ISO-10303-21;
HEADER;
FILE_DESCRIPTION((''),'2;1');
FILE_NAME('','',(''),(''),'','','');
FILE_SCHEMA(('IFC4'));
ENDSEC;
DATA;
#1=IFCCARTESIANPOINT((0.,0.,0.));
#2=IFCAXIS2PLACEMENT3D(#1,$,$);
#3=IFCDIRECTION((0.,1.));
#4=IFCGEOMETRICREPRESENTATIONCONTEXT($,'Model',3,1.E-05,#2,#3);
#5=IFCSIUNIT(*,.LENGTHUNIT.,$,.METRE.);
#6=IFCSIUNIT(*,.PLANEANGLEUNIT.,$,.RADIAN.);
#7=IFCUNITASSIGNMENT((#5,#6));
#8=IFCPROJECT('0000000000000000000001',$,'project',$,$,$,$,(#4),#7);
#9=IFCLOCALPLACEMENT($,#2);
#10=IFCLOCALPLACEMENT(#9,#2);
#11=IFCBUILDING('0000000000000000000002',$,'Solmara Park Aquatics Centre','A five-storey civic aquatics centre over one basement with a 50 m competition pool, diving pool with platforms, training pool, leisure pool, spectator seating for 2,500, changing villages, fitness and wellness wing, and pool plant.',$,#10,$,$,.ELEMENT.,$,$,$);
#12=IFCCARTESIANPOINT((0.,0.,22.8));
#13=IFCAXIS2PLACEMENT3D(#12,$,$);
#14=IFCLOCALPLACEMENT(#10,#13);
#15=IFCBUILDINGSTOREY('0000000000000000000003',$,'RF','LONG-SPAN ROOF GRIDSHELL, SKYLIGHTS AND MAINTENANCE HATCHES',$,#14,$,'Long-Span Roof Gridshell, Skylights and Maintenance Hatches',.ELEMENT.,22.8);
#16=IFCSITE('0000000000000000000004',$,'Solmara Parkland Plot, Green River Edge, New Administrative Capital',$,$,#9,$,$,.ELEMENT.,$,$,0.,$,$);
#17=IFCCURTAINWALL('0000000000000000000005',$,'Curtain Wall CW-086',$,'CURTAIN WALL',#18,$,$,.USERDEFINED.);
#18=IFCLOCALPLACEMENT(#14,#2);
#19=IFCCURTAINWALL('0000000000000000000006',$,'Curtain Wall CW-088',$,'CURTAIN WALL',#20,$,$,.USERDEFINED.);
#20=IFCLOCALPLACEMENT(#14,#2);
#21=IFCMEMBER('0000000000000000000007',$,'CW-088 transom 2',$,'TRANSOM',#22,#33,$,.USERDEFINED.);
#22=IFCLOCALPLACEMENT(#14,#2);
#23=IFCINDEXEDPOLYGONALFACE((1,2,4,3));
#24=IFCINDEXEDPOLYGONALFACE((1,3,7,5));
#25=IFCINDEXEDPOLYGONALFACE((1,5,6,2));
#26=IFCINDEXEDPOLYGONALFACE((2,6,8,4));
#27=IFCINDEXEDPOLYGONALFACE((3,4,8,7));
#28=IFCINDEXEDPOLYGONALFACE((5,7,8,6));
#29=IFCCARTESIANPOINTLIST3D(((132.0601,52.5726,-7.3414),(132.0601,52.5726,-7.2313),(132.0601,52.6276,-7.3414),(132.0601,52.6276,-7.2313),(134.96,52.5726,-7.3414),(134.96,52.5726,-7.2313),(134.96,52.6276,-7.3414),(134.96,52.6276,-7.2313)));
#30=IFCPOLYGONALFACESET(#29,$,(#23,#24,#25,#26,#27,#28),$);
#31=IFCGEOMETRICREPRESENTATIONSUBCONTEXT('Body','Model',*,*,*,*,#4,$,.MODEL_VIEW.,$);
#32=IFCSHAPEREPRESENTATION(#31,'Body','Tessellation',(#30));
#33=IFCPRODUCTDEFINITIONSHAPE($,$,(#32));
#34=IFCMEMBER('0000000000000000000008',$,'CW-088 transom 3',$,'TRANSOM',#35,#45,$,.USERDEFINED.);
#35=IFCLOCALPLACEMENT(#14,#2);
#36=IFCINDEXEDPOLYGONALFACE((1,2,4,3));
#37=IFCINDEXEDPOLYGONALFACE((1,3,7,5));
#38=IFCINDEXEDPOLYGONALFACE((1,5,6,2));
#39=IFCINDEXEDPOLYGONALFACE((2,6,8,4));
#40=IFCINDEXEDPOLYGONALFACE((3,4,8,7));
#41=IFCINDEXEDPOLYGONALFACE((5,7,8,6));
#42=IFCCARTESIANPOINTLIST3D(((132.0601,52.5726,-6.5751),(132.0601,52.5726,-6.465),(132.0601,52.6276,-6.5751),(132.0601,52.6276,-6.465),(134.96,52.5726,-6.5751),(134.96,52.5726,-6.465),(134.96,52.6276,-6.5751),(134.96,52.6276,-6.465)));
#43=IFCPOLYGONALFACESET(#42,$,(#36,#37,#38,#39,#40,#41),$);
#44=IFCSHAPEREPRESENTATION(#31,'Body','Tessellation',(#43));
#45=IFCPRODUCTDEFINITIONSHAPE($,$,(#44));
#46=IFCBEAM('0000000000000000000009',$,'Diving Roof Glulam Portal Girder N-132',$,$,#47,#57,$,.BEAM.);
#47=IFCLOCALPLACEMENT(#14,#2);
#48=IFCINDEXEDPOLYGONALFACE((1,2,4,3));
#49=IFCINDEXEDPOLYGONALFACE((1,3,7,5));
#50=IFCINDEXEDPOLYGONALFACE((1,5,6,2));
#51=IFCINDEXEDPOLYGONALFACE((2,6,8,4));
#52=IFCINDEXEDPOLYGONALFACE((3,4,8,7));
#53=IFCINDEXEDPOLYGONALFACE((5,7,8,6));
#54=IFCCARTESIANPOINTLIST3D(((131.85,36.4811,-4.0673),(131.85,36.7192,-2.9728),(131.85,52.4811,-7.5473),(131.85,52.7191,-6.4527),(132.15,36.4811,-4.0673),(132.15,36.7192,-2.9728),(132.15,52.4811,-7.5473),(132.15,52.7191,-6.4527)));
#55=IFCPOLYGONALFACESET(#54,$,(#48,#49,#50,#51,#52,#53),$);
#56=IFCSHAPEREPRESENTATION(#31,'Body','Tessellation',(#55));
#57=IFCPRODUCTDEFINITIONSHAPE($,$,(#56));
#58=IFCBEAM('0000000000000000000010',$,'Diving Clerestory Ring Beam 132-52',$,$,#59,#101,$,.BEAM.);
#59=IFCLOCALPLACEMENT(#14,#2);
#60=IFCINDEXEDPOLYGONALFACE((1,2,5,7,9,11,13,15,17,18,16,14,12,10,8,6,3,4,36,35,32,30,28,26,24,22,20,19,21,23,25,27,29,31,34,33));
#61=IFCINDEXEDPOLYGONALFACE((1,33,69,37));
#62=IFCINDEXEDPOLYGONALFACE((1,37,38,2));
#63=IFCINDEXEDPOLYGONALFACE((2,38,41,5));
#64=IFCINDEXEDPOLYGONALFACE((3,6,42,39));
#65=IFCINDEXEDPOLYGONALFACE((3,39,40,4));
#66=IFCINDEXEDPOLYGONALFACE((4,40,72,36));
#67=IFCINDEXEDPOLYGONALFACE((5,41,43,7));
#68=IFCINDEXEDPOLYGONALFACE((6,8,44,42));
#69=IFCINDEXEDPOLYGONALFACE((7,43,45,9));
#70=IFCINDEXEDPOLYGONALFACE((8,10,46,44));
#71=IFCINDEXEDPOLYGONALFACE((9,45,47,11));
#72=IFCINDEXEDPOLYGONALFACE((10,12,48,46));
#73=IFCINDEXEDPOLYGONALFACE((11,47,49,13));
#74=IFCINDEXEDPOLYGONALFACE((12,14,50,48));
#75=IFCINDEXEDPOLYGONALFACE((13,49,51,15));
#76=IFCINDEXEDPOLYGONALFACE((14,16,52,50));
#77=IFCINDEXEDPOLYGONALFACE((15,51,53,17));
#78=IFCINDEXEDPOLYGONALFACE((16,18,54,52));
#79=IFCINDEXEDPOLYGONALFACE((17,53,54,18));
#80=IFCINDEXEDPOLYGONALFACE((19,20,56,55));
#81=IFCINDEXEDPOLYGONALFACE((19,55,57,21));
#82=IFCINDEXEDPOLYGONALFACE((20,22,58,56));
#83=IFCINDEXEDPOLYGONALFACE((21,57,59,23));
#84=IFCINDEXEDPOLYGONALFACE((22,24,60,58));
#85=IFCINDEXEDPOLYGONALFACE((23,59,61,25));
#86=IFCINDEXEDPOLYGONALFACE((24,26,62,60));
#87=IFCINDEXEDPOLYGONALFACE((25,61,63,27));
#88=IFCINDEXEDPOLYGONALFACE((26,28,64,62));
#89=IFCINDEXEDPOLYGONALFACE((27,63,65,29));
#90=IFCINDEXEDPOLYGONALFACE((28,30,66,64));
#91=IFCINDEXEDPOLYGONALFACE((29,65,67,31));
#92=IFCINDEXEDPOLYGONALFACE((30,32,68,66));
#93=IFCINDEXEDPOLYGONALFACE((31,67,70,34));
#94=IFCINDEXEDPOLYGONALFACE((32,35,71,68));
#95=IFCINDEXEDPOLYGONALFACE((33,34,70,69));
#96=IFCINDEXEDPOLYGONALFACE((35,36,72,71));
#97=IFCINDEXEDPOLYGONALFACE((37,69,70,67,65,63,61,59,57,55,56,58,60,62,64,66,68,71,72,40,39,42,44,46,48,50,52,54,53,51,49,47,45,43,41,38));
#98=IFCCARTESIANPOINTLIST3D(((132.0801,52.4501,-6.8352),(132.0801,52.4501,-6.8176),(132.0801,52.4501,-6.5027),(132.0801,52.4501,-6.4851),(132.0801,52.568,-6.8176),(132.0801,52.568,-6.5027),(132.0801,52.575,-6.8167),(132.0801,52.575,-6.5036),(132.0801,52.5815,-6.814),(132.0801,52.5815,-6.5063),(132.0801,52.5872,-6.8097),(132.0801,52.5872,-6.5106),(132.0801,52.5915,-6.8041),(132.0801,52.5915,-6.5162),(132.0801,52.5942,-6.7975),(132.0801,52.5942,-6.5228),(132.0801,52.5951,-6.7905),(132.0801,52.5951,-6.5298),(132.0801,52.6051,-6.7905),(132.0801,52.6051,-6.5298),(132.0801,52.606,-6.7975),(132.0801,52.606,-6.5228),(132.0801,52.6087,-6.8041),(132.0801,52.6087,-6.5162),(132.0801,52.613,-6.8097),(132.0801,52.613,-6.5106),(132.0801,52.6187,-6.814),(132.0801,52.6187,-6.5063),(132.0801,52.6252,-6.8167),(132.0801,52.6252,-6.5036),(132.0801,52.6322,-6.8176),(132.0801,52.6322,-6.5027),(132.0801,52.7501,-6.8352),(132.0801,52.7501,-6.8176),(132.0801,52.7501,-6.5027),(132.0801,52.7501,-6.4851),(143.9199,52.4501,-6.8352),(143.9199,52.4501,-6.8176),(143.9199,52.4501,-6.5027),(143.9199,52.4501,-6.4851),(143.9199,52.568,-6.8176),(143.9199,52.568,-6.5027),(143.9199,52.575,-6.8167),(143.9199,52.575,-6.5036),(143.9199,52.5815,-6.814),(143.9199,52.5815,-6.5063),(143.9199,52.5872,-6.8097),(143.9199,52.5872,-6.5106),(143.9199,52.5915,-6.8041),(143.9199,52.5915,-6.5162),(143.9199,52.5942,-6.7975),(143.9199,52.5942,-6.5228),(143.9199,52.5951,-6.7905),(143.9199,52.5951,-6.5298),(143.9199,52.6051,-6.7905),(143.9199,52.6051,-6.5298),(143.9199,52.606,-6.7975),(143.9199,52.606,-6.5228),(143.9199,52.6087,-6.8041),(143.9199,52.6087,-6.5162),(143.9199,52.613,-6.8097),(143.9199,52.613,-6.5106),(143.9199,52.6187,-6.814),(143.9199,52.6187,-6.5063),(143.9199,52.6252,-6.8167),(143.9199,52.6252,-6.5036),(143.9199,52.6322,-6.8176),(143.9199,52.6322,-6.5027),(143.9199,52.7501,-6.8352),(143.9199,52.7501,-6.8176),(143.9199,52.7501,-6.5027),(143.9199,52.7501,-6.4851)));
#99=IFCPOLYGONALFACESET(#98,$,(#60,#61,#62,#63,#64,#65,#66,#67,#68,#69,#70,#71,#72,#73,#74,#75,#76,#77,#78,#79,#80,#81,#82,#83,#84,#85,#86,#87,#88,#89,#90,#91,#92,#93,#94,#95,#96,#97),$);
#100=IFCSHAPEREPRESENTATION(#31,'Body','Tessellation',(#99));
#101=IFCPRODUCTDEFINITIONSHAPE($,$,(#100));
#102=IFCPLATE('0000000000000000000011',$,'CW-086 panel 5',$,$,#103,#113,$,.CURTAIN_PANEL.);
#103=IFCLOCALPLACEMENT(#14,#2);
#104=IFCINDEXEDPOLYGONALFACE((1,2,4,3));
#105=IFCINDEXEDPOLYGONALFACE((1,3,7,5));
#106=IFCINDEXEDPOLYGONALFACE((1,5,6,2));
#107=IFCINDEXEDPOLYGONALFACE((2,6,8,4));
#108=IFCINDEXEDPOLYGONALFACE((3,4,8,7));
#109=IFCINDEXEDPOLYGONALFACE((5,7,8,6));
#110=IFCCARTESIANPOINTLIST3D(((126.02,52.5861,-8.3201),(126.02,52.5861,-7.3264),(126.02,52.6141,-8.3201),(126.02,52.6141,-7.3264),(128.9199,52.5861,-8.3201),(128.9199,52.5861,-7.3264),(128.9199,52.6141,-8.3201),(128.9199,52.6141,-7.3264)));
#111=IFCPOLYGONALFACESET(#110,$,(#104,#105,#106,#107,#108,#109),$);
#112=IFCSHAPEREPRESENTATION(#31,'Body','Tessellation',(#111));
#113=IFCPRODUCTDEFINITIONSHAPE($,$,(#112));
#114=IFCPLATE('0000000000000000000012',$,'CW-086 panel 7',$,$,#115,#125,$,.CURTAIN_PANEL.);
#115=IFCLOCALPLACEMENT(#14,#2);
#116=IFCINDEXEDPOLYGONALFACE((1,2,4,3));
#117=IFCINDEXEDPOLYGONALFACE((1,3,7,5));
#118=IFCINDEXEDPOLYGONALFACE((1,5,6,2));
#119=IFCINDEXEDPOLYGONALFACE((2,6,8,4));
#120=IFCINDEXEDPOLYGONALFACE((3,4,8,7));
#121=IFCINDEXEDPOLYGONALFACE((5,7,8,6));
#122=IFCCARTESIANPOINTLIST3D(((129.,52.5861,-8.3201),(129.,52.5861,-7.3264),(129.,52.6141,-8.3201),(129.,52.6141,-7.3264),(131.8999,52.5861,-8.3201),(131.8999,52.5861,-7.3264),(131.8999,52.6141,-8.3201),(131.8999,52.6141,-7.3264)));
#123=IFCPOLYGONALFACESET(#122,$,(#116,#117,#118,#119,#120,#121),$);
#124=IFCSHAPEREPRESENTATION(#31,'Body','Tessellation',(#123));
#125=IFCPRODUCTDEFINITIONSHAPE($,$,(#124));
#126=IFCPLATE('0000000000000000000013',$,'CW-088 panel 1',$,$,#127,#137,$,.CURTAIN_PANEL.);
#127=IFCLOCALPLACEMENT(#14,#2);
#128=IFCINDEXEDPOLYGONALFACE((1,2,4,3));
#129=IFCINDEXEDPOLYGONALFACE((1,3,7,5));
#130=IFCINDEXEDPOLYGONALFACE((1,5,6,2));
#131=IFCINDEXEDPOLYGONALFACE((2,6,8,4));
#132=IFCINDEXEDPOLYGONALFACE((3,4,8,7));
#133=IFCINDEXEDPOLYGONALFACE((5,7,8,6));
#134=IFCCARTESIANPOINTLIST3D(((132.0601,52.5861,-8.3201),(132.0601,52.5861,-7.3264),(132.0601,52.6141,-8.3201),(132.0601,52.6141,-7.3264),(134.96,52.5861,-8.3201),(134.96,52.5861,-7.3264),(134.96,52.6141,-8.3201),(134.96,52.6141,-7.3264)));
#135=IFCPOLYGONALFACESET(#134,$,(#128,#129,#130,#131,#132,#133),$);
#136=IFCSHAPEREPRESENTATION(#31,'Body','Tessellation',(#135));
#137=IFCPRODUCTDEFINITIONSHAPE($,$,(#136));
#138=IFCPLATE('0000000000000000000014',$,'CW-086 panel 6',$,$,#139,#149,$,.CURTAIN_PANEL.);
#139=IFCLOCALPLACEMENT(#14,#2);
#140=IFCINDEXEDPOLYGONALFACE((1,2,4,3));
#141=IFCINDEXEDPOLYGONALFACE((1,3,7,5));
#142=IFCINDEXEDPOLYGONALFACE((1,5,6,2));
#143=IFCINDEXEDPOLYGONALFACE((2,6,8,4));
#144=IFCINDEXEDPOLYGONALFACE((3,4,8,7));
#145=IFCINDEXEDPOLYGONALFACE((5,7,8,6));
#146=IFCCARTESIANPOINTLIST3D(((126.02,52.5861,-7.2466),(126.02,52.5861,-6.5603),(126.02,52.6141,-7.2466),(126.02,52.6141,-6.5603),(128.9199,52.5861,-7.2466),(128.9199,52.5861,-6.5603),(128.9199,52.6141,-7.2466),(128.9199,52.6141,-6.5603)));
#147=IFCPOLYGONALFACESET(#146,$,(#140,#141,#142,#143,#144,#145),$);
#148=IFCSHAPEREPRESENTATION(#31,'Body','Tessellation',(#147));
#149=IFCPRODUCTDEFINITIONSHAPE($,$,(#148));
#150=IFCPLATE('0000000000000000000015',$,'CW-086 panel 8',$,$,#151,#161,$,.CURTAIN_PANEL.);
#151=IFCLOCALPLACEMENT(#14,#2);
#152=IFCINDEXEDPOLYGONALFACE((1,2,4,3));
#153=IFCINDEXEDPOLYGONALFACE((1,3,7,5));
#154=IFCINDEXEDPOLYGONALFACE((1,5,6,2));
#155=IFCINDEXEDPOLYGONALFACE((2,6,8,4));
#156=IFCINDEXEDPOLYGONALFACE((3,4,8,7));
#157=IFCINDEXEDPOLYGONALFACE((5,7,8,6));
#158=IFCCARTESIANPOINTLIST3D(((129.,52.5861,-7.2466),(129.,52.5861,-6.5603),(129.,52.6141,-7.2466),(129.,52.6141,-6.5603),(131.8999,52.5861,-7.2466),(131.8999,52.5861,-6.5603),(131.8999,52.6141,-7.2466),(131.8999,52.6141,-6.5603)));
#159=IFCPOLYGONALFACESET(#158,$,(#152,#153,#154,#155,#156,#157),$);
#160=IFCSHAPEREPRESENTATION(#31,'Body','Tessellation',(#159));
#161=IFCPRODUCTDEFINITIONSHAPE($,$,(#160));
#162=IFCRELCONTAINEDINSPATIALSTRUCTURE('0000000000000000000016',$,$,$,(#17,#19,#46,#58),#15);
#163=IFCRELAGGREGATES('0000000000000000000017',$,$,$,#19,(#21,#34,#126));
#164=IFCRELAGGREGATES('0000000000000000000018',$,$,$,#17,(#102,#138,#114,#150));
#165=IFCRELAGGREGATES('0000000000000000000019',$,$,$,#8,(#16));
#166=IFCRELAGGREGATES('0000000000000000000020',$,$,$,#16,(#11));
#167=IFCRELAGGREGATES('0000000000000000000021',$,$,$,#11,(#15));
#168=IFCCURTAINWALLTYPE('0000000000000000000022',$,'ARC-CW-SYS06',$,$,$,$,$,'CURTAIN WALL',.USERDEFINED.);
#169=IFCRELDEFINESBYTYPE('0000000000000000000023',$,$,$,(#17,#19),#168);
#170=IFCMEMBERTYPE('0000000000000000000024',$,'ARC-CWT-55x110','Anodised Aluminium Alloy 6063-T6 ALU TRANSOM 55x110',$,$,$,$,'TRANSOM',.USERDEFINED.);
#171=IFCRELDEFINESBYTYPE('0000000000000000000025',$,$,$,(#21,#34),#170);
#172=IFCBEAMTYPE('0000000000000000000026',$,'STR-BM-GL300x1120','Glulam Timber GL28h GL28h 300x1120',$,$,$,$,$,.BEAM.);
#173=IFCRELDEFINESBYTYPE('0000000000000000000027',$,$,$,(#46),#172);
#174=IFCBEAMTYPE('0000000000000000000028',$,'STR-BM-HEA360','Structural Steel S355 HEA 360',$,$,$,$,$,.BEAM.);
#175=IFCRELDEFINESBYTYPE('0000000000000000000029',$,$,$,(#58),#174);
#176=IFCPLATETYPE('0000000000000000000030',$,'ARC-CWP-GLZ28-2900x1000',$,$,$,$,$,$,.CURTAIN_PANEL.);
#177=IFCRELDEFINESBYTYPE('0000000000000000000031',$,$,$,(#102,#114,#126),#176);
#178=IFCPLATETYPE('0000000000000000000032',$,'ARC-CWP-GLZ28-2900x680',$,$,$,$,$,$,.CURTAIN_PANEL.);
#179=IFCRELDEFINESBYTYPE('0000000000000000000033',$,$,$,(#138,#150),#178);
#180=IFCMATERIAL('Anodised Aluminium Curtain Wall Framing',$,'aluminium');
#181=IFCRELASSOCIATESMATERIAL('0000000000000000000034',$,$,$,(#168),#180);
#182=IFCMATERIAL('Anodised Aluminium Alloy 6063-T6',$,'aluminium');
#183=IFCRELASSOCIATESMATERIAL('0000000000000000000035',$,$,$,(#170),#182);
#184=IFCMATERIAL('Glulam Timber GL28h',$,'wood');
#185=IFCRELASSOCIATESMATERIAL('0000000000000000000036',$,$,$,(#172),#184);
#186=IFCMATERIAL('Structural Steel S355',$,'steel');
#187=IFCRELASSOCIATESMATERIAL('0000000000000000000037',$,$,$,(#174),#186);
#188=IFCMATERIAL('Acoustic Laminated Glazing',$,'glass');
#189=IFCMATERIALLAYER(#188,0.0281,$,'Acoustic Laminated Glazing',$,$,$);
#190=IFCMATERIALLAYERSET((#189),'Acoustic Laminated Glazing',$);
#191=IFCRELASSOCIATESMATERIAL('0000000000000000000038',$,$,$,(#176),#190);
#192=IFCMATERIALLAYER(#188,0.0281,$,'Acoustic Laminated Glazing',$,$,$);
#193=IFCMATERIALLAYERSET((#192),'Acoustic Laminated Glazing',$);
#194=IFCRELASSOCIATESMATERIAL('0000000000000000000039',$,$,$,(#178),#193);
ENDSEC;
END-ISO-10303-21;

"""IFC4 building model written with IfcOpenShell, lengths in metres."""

from ifc_helpers import new_model, si_unit, direction, frame, origin, origin_2d, place, context, subcontext, project, spatial, rectangle, i_section, extrude, material, layer, layer_set, material_profile, profile_set, type_object, element, aggregate, save


model = new_model("IFC4")

# Units and contexts
model_context = context("Model", 3, precision=1e-05, world=origin(), true_north=direction((0.0, 1.0)))
body_context = subcontext(model_context, "Body", "Model", "MODEL_VIEW")
ifc_project = project(units=[si_unit("LENGTHUNIT", "METRE"), si_unit("PLANEANGLEUNIT", "RADIAN")], contexts=[model_context])

# Site, building, storey
site_placement = place(None, origin())
site = spatial("IfcSite", under=ifc_project, at=site_placement, Name="Solmara Parkland Plot, Green River Edge, New Administrative Capital", CompositionType="ELEMENT", RefElevation=0.0)
building_placement = place(site_placement, origin())
building = spatial("IfcBuilding", under=site, at=building_placement, Name="Solmara Park Aquatics Centre", Description="A five-storey civic aquatics centre over one basement with a 50 m competition pool, diving pool with platforms, training pool, leisure pool, spectator seating for 2,500, changing villages, fitness and wellness wing, and pool plant.", CompositionType="ELEMENT")
storey_placement = place(building_placement, frame((0.0, 0.0, 22.8)))
storey = spatial("IfcBuildingStorey", under=building, at=storey_placement, Name="RF", Description="LONG-SPAN ROOF GRIDSHELL, SKYLIGHTS AND MAINTENANCE HATCHES", LongName="Long-Span Roof Gridshell, Skylights and Maintenance Hatches", CompositionType="ELEMENT", Elevation=22.8)

# Shared definitions
ifc_material_1 = material(Name="Structural Steel S355", Category="steel")

# Curtain wall
ifc_material_2 = material(Name="Anodised Aluminium Curtain Wall Framing", Category="aluminium")
curtain_wall_type = type_object("IfcCurtainWallType", Name="ARC-CW-SYS06", ElementType="CURTAIN WALL", PredefinedType="USERDEFINED", material=ifc_material_2)
curtain_wall_1_placement = place(storey_placement, origin())
curtain_wall_1 = element("IfcCurtainWall", 1, at=curtain_wall_1_placement, inside=storey, type_object=curtain_wall_type, Name="Curtain Wall CW-086", ObjectType="CURTAIN WALL", PredefinedType="USERDEFINED")
ifc_material_3 = material(Name="Anodised Aluminium Alloy 6063-T6", Category="aluminium")

# Curtain wall
curtain_wall_2_placement = place(storey_placement, origin())
curtain_wall_2 = element("IfcCurtainWall", 2, at=curtain_wall_2_placement, inside=storey, type_object=curtain_wall_type, Name="Curtain Wall CW-088", ObjectType="CURTAIN WALL", PredefinedType="USERDEFINED")

# Members
ifc_material_profile_1 = material_profile(ifc_material_3, rectangle(XDim=0.0549, YDim=0.1101, at=origin_2d()), Name="ALU TRANSOM 55x110")
ifc_profile_set_1 = profile_set([ifc_material_profile_1], Name="Anodised Aluminium Alloy 6063-T6")
member_type_1 = type_object("IfcMemberType", Name="ARC-CWT-55x110", Description="Anodised Aluminium Alloy 6063-T6 ALU TRANSOM 55x110", ElementType="TRANSOM", PredefinedType="USERDEFINED", material=ifc_profile_set_1)
member_1_placement = place(storey_placement, frame((132.0601, 52.6001, -7.2864), z_axis=(1.0, 0.0, 0.0), x_axis=(0.0, 1.0, 0.0)))
member_1 = element("IfcMember", 3, at=member_1_placement, type_object=member_type_1, Name="CW-088 transom 2", ObjectType="TRANSOM", PredefinedType="USERDEFINED", context=body_context, shape_type="SweptSolid", body=[
    extrude(rectangle(XDim=0.0549, YDim=0.1101, at=origin_2d()), origin(), (0.0, 0.0, 1.0), 2.8999),
])
member_2_placement = place(storey_placement, frame((132.0601, 52.6001, -6.52), z_axis=(1.0, 0.0, 0.0), x_axis=(0.0, 1.0, 0.0)))
member_2 = element("IfcMember", 4, at=member_2_placement, type_object=member_type_1, Name="CW-088 transom 3", ObjectType="TRANSOM", PredefinedType="USERDEFINED", context=body_context, shape_type="SweptSolid", body=[
    extrude(rectangle(XDim=0.0549, YDim=0.1101, at=origin_2d()), origin(), (0.0, 0.0, 1.0), 2.8999),
])

# Beams
ifc_material_4 = material(Name="Glulam Timber GL28h", Category="wood")
ifc_material_profile_2 = material_profile(ifc_material_4, rectangle(XDim=0.3, YDim=1.1201, at=origin_2d()), Name="GL28h 300x1120")
ifc_profile_set_2 = profile_set([ifc_material_profile_2], Name="Glulam Timber GL28h")
beam_type_1 = type_object("IfcBeamType", Name="STR-BM-GL300x1120", Description="Glulam Timber GL28h GL28h 300x1120", PredefinedType="BEAM", material=ifc_profile_set_2)
beam_1_placement = place(storey_placement, frame((132.0, 52.6001, -7.0), z_axis=(0.0, -0.977155, 0.21253), x_axis=(1.0, 0.0, 0.0)))
element("IfcBeam", 5, at=beam_1_placement, inside=storey, type_object=beam_type_1, Name="Diving Roof Glulam Portal Girder N-132", PredefinedType="BEAM", context=body_context, shape_type="SweptSolid", body=[
    extrude(rectangle(XDim=0.3, YDim=1.1201, at=origin_2d()), origin(), (0.0, 0.0, 1.0), 16.374),
])
ifc_material_profile_3 = material_profile(ifc_material_1, i_section(OverallWidth=0.3, OverallDepth=0.3501, WebThickness=0.01, FlangeThickness=0.0176, FilletRadius=0.0271, at=origin_2d()), Name="HEA 360")
ifc_profile_set_3 = profile_set([ifc_material_profile_3], Name="Structural Steel S355")
beam_type_2 = type_object("IfcBeamType", Name="STR-BM-HEA360", Description="Structural Steel S355 HEA 360", PredefinedType="BEAM", material=ifc_profile_set_3)
beam_2_placement = place(storey_placement, frame((132.0801, 52.6001, -6.6602), z_axis=(1.0, 0.0, 0.0), x_axis=(0.0, 1.0, 0.0)))
element("IfcBeam", 6, at=beam_2_placement, inside=storey, type_object=beam_type_2, Name="Diving Clerestory Ring Beam 132-52", PredefinedType="BEAM", context=body_context, shape_type="SweptSolid", body=[
    extrude(i_section(OverallWidth=0.3, OverallDepth=0.3501, WebThickness=0.01, FlangeThickness=0.0176, FilletRadius=0.0271, at=origin_2d()), origin(), (0.0, 0.0, 1.0), 11.8398),
])

# Plates
ifc_material_5 = material(Name="Acoustic Laminated Glazing", Category="glass")
ifc_layer_1 = layer(ifc_material_5, 0.0281, Name="Acoustic Laminated Glazing")
ifc_layer_set_1 = layer_set([ifc_layer_1], Name="Acoustic Laminated Glazing")
plate_type_1 = type_object("IfcPlateType", Name="ARC-CWP-GLZ28-2900x1000", PredefinedType="CURTAIN_PANEL", material=ifc_layer_set_1)
plate_1_placement = place(storey_placement, frame((127.47, 52.6001, -8.3201), z_axis=(0.0, 0.0, 1.0), x_axis=(1.0, 0.0, 0.0)))
plate_1 = element("IfcPlate", 7, at=plate_1_placement, type_object=plate_type_1, Name="CW-086 panel 5", PredefinedType="CURTAIN_PANEL", context=body_context, shape_type="SweptSolid", body=[
    extrude(rectangle(XDim=2.8999, YDim=0.0281, at=origin_2d()), origin(), (0.0, 0.0, 1.0), 0.9937),
])
plate_2_placement = place(storey_placement, frame((130.45, 52.6001, -8.3201), z_axis=(0.0, 0.0, 1.0), x_axis=(1.0, 0.0, 0.0)))
plate_2 = element("IfcPlate", 8, at=plate_2_placement, type_object=plate_type_1, Name="CW-086 panel 7", PredefinedType="CURTAIN_PANEL", context=body_context, shape_type="SweptSolid", body=[
    extrude(rectangle(XDim=2.8999, YDim=0.0281, at=origin_2d()), origin(), (0.0, 0.0, 1.0), 0.9937),
])
plate_3_placement = place(storey_placement, frame((133.51, 52.6001, -8.3201), z_axis=(0.0, 0.0, 1.0), x_axis=(1.0, 0.0, 0.0)))
plate_3 = element("IfcPlate", 9, at=plate_3_placement, type_object=plate_type_1, Name="CW-088 panel 1", PredefinedType="CURTAIN_PANEL", context=body_context, shape_type="SweptSolid", body=[
    extrude(rectangle(XDim=2.8999, YDim=0.0281, at=origin_2d()), origin(), (0.0, 0.0, 1.0), 0.9937),
])
aggregate(curtain_wall_2, [member_1, member_2, plate_3])
ifc_layer_2 = layer(ifc_material_5, 0.0281, Name="Acoustic Laminated Glazing")
ifc_layer_set_2 = layer_set([ifc_layer_2], Name="Acoustic Laminated Glazing")
plate_type_2 = type_object("IfcPlateType", Name="ARC-CWP-GLZ28-2900x680", PredefinedType="CURTAIN_PANEL", material=ifc_layer_set_2)
plate_4_placement = place(storey_placement, frame((127.47, 52.6001, -7.2466), z_axis=(0.0, 0.0, 1.0), x_axis=(1.0, 0.0, 0.0)))
plate_4 = element("IfcPlate", 10, at=plate_4_placement, type_object=plate_type_2, Name="CW-086 panel 6", PredefinedType="CURTAIN_PANEL", context=body_context, shape_type="SweptSolid", body=[
    extrude(rectangle(XDim=2.8999, YDim=0.0281, at=origin_2d()), origin(), (0.0, 0.0, 1.0), 0.6863),
])
plate_5_placement = place(storey_placement, frame((130.45, 52.6001, -7.2466), z_axis=(0.0, 0.0, 1.0), x_axis=(1.0, 0.0, 0.0)))
plate_5 = element("IfcPlate", 11, at=plate_5_placement, type_object=plate_type_2, Name="CW-086 panel 8", PredefinedType="CURTAIN_PANEL", context=body_context, shape_type="SweptSolid", body=[
    extrude(rectangle(XDim=2.8999, YDim=0.0281, at=origin_2d()), origin(), (0.0, 0.0, 1.0), 0.6863),
])
aggregate(curtain_wall_1, [plate_1, plate_4, plate_2, plate_5])

save(model, "model.ifc")
